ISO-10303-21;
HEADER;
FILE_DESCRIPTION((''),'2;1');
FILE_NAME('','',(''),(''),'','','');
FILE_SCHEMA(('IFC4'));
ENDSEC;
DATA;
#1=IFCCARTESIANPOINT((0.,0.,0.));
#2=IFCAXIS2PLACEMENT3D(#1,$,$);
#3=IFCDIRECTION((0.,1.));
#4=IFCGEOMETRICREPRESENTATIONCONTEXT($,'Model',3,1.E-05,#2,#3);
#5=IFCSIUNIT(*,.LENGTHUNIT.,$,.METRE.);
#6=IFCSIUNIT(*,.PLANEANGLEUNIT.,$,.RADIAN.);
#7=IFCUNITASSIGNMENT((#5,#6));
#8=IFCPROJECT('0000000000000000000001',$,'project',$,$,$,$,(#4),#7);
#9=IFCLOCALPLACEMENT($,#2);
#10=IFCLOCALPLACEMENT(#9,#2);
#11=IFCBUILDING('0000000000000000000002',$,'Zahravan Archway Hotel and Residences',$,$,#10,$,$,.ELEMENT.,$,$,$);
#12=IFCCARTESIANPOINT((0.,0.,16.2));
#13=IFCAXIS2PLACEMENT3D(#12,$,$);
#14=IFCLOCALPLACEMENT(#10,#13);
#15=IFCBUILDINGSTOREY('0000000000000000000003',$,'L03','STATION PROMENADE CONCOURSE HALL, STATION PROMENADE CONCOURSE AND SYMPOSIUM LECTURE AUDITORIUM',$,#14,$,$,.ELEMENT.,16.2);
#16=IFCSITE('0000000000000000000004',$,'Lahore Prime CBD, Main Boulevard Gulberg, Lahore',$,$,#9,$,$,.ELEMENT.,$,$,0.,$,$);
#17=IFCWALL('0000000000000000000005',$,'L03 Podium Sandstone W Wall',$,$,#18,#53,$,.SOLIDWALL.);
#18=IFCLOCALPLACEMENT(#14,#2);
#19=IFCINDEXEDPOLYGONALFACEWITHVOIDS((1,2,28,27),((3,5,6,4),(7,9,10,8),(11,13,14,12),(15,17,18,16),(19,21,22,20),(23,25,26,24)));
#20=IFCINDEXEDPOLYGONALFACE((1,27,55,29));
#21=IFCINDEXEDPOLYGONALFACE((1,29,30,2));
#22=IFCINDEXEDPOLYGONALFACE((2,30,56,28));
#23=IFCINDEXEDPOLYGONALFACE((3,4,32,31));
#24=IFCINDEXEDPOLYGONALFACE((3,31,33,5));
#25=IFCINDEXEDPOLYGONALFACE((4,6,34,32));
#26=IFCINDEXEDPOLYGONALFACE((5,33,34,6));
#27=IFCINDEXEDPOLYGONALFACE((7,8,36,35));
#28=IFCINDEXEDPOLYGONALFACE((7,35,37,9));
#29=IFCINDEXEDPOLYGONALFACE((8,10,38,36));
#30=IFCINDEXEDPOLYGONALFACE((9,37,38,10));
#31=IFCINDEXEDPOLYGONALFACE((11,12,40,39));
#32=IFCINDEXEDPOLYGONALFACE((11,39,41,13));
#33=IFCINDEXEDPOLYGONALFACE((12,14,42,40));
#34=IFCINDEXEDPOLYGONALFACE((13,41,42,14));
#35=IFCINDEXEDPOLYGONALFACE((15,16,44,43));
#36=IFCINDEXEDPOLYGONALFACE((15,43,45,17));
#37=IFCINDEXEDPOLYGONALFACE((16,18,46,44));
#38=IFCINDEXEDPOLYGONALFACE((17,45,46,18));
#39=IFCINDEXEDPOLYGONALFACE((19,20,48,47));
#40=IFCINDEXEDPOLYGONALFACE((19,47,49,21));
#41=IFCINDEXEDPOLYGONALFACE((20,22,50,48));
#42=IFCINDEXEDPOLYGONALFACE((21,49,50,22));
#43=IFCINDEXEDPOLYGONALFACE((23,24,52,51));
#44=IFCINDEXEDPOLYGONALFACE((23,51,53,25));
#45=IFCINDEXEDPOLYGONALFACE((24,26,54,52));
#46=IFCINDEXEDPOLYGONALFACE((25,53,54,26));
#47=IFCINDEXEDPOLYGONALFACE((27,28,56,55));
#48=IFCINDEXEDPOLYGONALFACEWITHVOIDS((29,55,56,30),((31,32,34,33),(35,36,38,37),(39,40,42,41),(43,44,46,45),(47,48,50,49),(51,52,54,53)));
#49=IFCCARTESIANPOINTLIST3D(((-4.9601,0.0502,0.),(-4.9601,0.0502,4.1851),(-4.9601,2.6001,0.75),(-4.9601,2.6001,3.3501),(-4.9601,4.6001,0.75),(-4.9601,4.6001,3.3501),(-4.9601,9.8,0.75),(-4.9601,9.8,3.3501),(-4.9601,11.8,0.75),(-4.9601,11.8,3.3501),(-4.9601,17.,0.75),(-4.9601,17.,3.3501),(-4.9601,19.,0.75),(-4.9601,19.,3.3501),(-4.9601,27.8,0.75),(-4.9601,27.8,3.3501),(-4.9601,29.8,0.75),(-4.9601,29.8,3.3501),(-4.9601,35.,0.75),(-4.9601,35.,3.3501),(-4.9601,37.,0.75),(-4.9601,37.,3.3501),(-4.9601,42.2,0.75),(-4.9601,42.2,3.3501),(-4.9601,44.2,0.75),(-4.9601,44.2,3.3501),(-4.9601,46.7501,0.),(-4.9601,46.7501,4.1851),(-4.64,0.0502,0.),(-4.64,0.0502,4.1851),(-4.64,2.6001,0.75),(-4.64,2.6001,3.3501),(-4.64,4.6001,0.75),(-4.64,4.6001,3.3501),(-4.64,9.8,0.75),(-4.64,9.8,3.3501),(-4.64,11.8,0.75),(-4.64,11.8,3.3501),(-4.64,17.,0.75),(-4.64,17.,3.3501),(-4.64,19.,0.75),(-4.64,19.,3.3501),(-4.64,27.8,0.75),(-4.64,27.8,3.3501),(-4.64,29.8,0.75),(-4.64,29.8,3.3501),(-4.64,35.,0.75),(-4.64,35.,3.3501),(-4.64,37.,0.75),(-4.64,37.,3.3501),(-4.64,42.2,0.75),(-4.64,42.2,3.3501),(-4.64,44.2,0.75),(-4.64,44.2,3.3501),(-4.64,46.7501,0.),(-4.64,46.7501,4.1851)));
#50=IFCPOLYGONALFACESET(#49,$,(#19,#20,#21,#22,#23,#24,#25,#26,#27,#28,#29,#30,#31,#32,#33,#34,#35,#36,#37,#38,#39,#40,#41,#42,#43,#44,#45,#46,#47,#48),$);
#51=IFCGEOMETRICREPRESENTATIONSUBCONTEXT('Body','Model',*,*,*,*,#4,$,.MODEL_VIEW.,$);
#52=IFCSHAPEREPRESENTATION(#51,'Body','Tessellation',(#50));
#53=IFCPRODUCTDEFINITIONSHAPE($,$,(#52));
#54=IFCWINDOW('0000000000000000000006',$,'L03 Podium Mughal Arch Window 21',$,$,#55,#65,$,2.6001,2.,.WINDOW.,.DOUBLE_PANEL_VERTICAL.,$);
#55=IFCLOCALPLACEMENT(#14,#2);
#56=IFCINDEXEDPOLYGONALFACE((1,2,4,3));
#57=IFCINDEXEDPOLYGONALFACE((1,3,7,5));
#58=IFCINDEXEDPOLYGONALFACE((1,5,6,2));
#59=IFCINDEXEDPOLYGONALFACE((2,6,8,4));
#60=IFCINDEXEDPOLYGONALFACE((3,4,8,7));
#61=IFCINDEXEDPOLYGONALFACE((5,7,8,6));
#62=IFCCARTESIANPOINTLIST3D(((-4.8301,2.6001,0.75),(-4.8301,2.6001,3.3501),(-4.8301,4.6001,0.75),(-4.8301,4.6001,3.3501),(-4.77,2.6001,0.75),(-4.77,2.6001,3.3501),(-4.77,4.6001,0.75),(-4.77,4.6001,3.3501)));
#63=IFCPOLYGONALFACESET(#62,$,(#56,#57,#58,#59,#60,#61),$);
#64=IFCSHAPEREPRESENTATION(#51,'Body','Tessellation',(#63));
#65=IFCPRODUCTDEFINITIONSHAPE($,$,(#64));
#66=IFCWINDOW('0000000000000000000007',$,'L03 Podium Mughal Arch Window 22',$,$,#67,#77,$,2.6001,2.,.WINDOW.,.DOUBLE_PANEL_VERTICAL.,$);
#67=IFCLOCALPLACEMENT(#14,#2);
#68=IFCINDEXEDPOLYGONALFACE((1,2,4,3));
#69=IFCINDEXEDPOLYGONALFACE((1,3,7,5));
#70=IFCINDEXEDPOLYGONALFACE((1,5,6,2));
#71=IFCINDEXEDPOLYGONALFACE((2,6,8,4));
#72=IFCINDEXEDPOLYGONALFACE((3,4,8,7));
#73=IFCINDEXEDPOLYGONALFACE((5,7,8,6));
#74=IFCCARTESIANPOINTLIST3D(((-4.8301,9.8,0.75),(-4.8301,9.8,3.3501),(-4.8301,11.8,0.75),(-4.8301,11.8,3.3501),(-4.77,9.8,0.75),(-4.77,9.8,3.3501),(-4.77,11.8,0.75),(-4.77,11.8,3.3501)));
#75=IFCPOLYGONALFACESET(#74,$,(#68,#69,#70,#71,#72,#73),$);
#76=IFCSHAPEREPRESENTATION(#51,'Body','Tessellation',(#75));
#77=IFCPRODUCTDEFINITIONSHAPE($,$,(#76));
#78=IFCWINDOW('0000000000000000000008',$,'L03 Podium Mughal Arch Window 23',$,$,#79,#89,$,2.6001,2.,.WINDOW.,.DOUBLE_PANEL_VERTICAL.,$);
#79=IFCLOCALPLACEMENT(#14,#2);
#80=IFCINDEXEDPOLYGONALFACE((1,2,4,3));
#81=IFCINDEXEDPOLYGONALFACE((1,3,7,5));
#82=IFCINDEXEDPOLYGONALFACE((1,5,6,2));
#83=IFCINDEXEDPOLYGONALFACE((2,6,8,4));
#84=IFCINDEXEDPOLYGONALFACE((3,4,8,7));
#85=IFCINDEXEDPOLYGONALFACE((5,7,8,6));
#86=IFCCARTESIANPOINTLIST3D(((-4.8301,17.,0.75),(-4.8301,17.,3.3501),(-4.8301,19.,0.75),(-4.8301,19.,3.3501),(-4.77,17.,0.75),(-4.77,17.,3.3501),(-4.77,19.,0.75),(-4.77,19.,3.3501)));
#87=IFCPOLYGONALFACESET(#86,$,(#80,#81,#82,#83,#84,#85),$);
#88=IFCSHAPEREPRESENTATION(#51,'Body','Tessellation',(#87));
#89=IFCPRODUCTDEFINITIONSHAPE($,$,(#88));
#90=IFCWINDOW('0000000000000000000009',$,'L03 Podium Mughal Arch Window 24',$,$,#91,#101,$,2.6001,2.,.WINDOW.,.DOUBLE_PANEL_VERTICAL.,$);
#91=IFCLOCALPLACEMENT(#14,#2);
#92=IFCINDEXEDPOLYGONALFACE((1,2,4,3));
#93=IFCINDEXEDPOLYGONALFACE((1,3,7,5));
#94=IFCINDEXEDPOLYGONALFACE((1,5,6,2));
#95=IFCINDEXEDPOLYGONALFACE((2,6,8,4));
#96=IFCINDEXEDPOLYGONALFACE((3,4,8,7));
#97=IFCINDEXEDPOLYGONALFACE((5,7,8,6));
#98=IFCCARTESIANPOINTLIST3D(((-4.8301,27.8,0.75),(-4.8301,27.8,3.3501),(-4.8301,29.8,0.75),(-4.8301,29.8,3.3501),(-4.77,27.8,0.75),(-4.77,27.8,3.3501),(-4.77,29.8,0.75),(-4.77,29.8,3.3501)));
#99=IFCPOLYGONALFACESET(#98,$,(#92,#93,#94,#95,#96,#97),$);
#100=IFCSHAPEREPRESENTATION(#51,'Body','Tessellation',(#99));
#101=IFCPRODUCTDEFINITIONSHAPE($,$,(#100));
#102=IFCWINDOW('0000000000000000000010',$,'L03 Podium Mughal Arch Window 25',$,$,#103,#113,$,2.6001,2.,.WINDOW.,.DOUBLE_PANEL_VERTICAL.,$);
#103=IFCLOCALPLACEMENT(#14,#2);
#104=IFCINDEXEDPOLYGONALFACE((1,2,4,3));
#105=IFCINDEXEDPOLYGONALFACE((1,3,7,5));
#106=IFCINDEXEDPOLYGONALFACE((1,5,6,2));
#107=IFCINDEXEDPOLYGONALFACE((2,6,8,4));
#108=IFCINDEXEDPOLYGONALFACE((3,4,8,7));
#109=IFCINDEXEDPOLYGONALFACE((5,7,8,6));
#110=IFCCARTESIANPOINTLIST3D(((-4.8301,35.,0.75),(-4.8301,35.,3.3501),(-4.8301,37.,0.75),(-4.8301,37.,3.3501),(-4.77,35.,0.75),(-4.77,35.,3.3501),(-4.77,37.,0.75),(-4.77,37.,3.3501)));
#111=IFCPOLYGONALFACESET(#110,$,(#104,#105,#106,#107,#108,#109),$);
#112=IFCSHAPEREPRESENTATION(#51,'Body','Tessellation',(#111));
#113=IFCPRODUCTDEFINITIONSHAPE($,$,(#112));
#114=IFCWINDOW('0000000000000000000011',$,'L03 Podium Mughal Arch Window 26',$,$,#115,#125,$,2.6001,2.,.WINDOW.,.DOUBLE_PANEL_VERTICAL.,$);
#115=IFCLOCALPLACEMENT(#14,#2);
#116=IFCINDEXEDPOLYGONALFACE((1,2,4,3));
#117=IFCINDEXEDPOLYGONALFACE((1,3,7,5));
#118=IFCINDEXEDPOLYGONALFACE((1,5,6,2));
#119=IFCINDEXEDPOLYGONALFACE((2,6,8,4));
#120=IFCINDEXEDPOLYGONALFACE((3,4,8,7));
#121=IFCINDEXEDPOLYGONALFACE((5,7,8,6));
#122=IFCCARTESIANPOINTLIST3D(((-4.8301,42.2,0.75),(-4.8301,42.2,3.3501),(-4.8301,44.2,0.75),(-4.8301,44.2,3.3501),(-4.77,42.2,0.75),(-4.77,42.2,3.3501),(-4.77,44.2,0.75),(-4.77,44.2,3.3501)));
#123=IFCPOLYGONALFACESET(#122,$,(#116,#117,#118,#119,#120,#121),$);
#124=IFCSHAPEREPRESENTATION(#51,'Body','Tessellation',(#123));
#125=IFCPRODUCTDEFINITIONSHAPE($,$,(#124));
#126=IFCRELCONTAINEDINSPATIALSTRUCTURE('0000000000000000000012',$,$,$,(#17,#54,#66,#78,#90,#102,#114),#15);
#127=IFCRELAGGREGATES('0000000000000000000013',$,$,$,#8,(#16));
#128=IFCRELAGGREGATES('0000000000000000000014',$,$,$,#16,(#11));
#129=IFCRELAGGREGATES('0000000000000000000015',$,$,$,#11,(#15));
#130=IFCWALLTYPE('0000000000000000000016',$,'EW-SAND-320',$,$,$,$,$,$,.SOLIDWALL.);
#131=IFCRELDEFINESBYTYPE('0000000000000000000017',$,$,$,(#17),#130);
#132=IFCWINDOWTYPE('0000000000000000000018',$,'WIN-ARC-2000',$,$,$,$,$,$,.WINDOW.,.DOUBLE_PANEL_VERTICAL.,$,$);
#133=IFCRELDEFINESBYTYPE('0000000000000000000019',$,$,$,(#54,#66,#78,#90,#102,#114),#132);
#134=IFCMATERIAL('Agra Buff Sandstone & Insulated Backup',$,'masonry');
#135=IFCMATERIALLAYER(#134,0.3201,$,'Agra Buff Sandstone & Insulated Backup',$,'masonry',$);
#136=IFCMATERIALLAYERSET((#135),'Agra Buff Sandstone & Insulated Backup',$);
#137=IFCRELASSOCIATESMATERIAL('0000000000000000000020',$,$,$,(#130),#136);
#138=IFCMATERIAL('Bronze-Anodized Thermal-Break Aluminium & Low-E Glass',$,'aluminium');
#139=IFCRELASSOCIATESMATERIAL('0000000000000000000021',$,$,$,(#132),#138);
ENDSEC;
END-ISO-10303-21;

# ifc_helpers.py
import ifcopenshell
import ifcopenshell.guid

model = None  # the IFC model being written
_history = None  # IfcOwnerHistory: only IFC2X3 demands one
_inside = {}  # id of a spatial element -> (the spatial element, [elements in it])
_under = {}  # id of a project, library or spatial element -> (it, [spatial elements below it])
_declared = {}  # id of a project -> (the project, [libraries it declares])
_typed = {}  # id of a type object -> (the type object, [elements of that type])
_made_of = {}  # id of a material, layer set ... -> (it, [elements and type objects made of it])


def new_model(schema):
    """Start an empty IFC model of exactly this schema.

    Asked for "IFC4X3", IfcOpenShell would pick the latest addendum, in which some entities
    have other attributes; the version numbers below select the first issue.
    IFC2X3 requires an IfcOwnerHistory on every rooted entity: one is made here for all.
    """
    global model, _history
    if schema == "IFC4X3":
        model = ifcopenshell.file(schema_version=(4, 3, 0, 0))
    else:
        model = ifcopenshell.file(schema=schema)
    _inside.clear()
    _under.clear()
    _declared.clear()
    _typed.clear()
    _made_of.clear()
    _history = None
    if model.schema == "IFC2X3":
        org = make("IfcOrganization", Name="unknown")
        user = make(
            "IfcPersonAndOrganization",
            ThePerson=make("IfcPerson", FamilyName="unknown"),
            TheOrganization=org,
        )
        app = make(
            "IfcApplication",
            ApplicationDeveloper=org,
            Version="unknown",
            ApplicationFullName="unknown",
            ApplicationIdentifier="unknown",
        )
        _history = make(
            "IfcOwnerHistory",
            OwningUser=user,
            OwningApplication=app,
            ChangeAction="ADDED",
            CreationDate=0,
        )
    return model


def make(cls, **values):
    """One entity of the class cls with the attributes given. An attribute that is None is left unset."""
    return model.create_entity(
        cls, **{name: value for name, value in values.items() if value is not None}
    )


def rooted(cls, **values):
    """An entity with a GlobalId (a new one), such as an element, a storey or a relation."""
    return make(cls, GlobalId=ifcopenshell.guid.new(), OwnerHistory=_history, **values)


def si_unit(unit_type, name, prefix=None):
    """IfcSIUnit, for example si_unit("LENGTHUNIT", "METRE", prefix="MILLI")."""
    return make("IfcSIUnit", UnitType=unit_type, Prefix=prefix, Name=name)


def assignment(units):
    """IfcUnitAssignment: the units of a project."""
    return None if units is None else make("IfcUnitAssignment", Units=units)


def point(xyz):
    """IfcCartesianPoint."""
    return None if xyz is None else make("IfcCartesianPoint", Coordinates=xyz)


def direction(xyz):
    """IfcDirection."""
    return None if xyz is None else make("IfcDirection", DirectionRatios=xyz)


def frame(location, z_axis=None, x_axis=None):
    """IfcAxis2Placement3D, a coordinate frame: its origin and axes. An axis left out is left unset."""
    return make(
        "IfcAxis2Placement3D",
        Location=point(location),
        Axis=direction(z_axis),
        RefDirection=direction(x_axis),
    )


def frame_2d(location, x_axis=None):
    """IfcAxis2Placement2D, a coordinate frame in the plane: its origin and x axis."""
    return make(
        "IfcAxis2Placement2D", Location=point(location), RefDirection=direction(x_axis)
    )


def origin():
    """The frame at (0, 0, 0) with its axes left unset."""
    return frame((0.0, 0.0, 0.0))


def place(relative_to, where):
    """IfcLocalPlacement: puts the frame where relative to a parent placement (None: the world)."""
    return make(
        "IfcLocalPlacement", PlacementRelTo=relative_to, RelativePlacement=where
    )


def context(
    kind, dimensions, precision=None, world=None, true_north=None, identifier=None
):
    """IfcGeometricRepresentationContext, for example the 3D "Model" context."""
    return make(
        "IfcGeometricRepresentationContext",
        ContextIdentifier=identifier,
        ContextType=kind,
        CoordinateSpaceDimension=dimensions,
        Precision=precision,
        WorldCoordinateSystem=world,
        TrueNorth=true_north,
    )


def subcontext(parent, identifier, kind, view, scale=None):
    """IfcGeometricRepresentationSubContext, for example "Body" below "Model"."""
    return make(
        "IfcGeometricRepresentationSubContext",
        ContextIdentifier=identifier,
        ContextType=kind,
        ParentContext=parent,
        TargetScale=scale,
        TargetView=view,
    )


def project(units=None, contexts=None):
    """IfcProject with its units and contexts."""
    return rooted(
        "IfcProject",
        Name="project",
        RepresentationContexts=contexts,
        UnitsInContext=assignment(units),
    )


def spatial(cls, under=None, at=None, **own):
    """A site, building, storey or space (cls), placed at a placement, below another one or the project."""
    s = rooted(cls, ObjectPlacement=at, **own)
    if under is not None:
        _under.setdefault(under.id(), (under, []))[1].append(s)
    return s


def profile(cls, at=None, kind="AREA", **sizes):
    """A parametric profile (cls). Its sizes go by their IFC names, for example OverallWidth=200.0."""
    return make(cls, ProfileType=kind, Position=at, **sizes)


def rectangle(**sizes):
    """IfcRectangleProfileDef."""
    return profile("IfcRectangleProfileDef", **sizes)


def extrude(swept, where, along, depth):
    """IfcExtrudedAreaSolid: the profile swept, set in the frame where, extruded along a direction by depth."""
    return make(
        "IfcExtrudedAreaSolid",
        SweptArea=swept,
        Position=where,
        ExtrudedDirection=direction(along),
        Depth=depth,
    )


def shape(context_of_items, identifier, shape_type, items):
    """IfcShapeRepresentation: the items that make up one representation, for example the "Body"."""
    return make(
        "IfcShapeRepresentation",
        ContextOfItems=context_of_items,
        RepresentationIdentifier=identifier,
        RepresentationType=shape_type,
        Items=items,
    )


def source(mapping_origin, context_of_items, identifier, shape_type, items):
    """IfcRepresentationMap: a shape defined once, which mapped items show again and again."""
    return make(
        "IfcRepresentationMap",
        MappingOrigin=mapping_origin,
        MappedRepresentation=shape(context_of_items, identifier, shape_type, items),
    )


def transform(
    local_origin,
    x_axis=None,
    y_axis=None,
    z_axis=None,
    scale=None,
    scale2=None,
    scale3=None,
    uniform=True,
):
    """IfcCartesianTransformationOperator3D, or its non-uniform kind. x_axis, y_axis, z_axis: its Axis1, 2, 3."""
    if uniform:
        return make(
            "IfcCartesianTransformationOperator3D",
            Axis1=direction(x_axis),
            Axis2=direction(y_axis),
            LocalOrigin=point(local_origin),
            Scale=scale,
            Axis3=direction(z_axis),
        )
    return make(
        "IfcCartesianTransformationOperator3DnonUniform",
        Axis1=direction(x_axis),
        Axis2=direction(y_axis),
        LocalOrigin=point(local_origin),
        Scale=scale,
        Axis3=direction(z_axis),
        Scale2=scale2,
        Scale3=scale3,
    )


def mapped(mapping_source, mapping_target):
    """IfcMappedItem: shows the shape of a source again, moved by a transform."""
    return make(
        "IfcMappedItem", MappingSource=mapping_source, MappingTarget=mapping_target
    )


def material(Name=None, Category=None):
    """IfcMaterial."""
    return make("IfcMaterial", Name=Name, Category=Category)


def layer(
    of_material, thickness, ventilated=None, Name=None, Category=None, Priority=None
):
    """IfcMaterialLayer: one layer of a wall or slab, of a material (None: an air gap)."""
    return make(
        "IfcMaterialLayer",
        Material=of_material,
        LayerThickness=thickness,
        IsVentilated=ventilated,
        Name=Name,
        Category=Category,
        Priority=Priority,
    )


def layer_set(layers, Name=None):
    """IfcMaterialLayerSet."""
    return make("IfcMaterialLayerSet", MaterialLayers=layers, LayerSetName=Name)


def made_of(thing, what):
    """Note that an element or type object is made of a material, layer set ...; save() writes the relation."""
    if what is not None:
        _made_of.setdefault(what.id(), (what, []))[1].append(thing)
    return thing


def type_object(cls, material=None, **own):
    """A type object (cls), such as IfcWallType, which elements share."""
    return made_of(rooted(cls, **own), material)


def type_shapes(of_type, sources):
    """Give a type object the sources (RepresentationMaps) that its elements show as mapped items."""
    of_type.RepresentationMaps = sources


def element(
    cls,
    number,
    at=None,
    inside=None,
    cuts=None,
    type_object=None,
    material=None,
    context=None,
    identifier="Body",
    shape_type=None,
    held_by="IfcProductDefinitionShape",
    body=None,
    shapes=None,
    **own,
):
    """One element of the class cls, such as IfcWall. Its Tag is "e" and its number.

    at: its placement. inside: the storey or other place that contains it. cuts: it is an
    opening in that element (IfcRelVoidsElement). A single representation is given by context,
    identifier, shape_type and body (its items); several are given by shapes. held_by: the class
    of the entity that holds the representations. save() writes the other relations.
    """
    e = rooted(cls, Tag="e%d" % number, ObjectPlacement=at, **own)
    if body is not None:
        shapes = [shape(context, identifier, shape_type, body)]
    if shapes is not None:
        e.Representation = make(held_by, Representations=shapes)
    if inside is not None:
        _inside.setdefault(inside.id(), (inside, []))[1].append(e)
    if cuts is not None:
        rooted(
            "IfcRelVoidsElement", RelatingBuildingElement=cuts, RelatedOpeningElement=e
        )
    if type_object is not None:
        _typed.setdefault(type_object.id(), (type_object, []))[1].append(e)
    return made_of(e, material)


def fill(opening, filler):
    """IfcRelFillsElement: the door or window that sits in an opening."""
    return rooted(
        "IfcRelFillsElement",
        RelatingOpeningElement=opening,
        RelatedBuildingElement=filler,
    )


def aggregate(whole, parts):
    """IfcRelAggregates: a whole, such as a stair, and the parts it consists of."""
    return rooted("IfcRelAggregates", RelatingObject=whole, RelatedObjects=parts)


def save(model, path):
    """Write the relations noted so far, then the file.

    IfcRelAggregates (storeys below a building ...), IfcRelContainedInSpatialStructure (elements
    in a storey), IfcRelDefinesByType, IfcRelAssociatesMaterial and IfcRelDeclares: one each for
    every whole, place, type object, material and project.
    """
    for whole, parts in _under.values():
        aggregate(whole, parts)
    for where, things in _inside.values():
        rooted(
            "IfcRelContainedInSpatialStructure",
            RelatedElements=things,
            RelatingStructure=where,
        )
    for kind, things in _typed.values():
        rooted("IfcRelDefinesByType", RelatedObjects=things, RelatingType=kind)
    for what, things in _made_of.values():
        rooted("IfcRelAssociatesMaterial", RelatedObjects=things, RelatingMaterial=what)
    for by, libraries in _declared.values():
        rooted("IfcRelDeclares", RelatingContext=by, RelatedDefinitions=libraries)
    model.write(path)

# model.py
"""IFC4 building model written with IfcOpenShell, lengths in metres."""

from ifc_helpers import new_model, si_unit, direction, frame, frame_2d, origin, place, context, subcontext, project, spatial, rectangle, extrude, source, transform, mapped, material, layer, layer_set, type_object, type_shapes, element, fill, save


model = new_model("IFC4")

# Units and contexts
model_context = context("Model", 3, precision=1e-05, world=origin(), true_north=direction((0.0, 1.0)))
body_context = subcontext(model_context, "Body", "Model", "MODEL_VIEW")
ifc_project = project(units=[si_unit("LENGTHUNIT", "METRE"), si_unit("PLANEANGLEUNIT", "RADIAN")], contexts=[model_context])

# Site, building, storey
site_placement = place(None, origin())
site = spatial("IfcSite", under=ifc_project, at=site_placement, Name="Lahore Prime CBD, Main Boulevard Gulberg, Lahore", CompositionType="ELEMENT", RefElevation=0.0)
building_placement = place(site_placement, origin())
building = spatial("IfcBuilding", under=site, at=building_placement, Name="Zahravan Archway Hotel and Residences", CompositionType="ELEMENT")
storey_placement = place(building_placement, frame((0.0, 0.0, 16.2)))
storey = spatial("IfcBuildingStorey", under=building, at=storey_placement, Name="L03", Description="STATION PROMENADE CONCOURSE HALL, STATION PROMENADE CONCOURSE AND SYMPOSIUM LECTURE AUDITORIUM", CompositionType="ELEMENT", Elevation=16.2)

# Wall, openings, windows
ifc_material_1 = material(Name="Agra Buff Sandstone & Insulated Backup", Category="masonry")
ifc_layer = layer(ifc_material_1, 0.3201, Name="Agra Buff Sandstone & Insulated Backup", Category="masonry")
ifc_layer_set = layer_set([ifc_layer], Name="Agra Buff Sandstone & Insulated Backup")
wall_type = type_object("IfcWallType", Name="EW-SAND-320", PredefinedType="SOLIDWALL", material=ifc_layer_set)
ifc_material_2 = material(Name="Bronze-Anodized Thermal-Break Aluminium & Low-E Glass", Category="aluminium")
window_type = type_object("IfcWindowType", Name="WIN-ARC-2000", PartitioningType="DOUBLE_PANEL_VERTICAL", PredefinedType="WINDOW", material=ifc_material_2)
shared_shape_1 = source(origin(), body_context, "Body", "SweptSolid", [
    extrude(rectangle(XDim=2.0, YDim=2.6001, at=frame_2d((1.0, 1.3))), frame((0.0, 0.03, 0.0), z_axis=(0.0, -1.0, 0.0), x_axis=(1.0, 0.0, 0.0)), (0.0, 0.0, 1.0), 0.0601),
])
type_shapes(window_type, [shared_shape_1])
wall_1_placement = place(storey_placement, frame((-4.8, 0.05, 0.0), z_axis=(0.0, 0.0, 1.0), x_axis=(0.0, 1.0, 0.0)))
wall_1 = element("IfcWall", 1, at=wall_1_placement, inside=storey, type_object=wall_type, Name="L03 Podium Sandstone W Wall", PredefinedType="SOLIDWALL", context=body_context, shape_type="SweptSolid", body=[
    extrude(rectangle(XDim=46.7, YDim=0.3201, at=frame_2d((23.3501, 0.0))), origin(), (0.0, 0.0, 1.0), 4.1851),
])
opening_1_placement = place(wall_1_placement, frame((2.55, 0.0, 0.75)))
opening_1 = element("IfcOpeningElement", 2, at=opening_1_placement, cuts=wall_1, PredefinedType="OPENING", context=body_context, shape_type="SweptSolid", body=[
    extrude(rectangle(XDim=2.0, YDim=2.6001, at=frame_2d((1.0, 1.3))), frame((0.0, 0.1699, 0.0), z_axis=(0.0, -1.0, 0.0), x_axis=(1.0, 0.0, 0.0)), (0.0, 0.0, 1.0), 0.3401),
])
opening_2_placement = place(wall_1_placement, frame((9.75, 0.0, 0.75)))
opening_2 = element("IfcOpeningElement", 3, at=opening_2_placement, cuts=wall_1, PredefinedType="OPENING", context=body_context, shape_type="SweptSolid", body=[
    extrude(rectangle(XDim=2.0, YDim=2.6001, at=frame_2d((1.0, 1.3))), frame((0.0, 0.1699, 0.0), z_axis=(0.0, -1.0, 0.0), x_axis=(1.0, 0.0, 0.0)), (0.0, 0.0, 1.0), 0.3401),
])
opening_3_placement = place(wall_1_placement, frame((16.95, 0.0, 0.75)))
opening_3 = element("IfcOpeningElement", 4, at=opening_3_placement, cuts=wall_1, PredefinedType="OPENING", context=body_context, shape_type="SweptSolid", body=[
    extrude(rectangle(XDim=2.0, YDim=2.6001, at=frame_2d((1.0, 1.3))), frame((0.0, 0.1699, 0.0), z_axis=(0.0, -1.0, 0.0), x_axis=(1.0, 0.0, 0.0)), (0.0, 0.0, 1.0), 0.3401),
])
opening_4_placement = place(wall_1_placement, frame((27.75, 0.0, 0.75)))
opening_4 = element("IfcOpeningElement", 5, at=opening_4_placement, cuts=wall_1, PredefinedType="OPENING", context=body_context, shape_type="SweptSolid", body=[
    extrude(rectangle(XDim=2.0, YDim=2.6001, at=frame_2d((1.0, 1.3))), frame((0.0, 0.1699, 0.0), z_axis=(0.0, -1.0, 0.0), x_axis=(1.0, 0.0, 0.0)), (0.0, 0.0, 1.0), 0.3401),
])
opening_5_placement = place(wall_1_placement, frame((34.95, 0.0, 0.75)))
opening_5 = element("IfcOpeningElement", 6, at=opening_5_placement, cuts=wall_1, PredefinedType="OPENING", context=body_context, shape_type="SweptSolid", body=[
    extrude(rectangle(XDim=2.0, YDim=2.6001, at=frame_2d((1.0, 1.3))), frame((0.0, 0.1699, 0.0), z_axis=(0.0, -1.0, 0.0), x_axis=(1.0, 0.0, 0.0)), (0.0, 0.0, 1.0), 0.3401),
])
opening_6_placement = place(wall_1_placement, frame((42.1499, 0.0, 0.75)))
opening_6 = element("IfcOpeningElement", 7, at=opening_6_placement, cuts=wall_1, PredefinedType="OPENING", context=body_context, shape_type="SweptSolid", body=[
    extrude(rectangle(XDim=2.0, YDim=2.6001, at=frame_2d((1.0, 1.3))), frame((0.0, 0.1699, 0.0), z_axis=(0.0, -1.0, 0.0), x_axis=(1.0, 0.0, 0.0)), (0.0, 0.0, 1.0), 0.3401),
])
window_1_placement = place(opening_1_placement, origin())
window_1 = element("IfcWindow", 8, at=window_1_placement, inside=storey, type_object=window_type, Name="L03 Podium Mughal Arch Window 21", OverallHeight=2.6001, OverallWidth=2.0, PartitioningType="DOUBLE_PANEL_VERTICAL", PredefinedType="WINDOW", context=body_context, shape_type="MappedRepresentation", body=[
    mapped(shared_shape_1, transform((0.0, 0.0, 0.0), scale=1.0)),
])
fill(opening_1, window_1)
window_2_placement = place(opening_2_placement, origin())
window_2 = element("IfcWindow", 9, at=window_2_placement, inside=storey, type_object=window_type, Name="L03 Podium Mughal Arch Window 22", OverallHeight=2.6001, OverallWidth=2.0, PartitioningType="DOUBLE_PANEL_VERTICAL", PredefinedType="WINDOW", context=body_context, shape_type="MappedRepresentation", body=[
    mapped(shared_shape_1, transform((0.0, 0.0, 0.0), scale=1.0)),
])
fill(opening_2, window_2)
window_3_placement = place(opening_3_placement, origin())
window_3 = element("IfcWindow", 10, at=window_3_placement, inside=storey, type_object=window_type, Name="L03 Podium Mughal Arch Window 23", OverallHeight=2.6001, OverallWidth=2.0, PartitioningType="DOUBLE_PANEL_VERTICAL", PredefinedType="WINDOW", context=body_context, shape_type="MappedRepresentation", body=[
    mapped(shared_shape_1, transform((0.0, 0.0, 0.0), scale=1.0)),
])
fill(opening_3, window_3)
window_4_placement = place(opening_4_placement, origin())
window_4 = element("IfcWindow", 11, at=window_4_placement, inside=storey, type_object=window_type, Name="L03 Podium Mughal Arch Window 24", OverallHeight=2.6001, OverallWidth=2.0, PartitioningType="DOUBLE_PANEL_VERTICAL", PredefinedType="WINDOW", context=body_context, shape_type="MappedRepresentation", body=[
    mapped(shared_shape_1, transform((0.0, 0.0, 0.0), scale=1.0)),
])
fill(opening_4, window_4)
window_5_placement = place(opening_5_placement, origin())
window_5 = element("IfcWindow", 12, at=window_5_placement, inside=storey, type_object=window_type, Name="L03 Podium Mughal Arch Window 25", OverallHeight=2.6001, OverallWidth=2.0, PartitioningType="DOUBLE_PANEL_VERTICAL", PredefinedType="WINDOW", context=body_context, shape_type="MappedRepresentation", body=[
    mapped(shared_shape_1, transform((0.0, 0.0, 0.0), scale=1.0)),
])
fill(opening_5, window_5)
window_6_placement = place(opening_6_placement, origin())
window_6 = element("IfcWindow", 13, at=window_6_placement, inside=storey, type_object=window_type, Name="L03 Podium Mughal Arch Window 26", OverallHeight=2.6001, OverallWidth=2.0, PartitioningType="DOUBLE_PANEL_VERTICAL", PredefinedType="WINDOW", context=body_context, shape_type="MappedRepresentation", body=[
    mapped(shared_shape_1, transform((0.0, 0.0, 0.0), scale=1.0)),
])
fill(opening_6, window_6)

save(model, "model.ifc")
